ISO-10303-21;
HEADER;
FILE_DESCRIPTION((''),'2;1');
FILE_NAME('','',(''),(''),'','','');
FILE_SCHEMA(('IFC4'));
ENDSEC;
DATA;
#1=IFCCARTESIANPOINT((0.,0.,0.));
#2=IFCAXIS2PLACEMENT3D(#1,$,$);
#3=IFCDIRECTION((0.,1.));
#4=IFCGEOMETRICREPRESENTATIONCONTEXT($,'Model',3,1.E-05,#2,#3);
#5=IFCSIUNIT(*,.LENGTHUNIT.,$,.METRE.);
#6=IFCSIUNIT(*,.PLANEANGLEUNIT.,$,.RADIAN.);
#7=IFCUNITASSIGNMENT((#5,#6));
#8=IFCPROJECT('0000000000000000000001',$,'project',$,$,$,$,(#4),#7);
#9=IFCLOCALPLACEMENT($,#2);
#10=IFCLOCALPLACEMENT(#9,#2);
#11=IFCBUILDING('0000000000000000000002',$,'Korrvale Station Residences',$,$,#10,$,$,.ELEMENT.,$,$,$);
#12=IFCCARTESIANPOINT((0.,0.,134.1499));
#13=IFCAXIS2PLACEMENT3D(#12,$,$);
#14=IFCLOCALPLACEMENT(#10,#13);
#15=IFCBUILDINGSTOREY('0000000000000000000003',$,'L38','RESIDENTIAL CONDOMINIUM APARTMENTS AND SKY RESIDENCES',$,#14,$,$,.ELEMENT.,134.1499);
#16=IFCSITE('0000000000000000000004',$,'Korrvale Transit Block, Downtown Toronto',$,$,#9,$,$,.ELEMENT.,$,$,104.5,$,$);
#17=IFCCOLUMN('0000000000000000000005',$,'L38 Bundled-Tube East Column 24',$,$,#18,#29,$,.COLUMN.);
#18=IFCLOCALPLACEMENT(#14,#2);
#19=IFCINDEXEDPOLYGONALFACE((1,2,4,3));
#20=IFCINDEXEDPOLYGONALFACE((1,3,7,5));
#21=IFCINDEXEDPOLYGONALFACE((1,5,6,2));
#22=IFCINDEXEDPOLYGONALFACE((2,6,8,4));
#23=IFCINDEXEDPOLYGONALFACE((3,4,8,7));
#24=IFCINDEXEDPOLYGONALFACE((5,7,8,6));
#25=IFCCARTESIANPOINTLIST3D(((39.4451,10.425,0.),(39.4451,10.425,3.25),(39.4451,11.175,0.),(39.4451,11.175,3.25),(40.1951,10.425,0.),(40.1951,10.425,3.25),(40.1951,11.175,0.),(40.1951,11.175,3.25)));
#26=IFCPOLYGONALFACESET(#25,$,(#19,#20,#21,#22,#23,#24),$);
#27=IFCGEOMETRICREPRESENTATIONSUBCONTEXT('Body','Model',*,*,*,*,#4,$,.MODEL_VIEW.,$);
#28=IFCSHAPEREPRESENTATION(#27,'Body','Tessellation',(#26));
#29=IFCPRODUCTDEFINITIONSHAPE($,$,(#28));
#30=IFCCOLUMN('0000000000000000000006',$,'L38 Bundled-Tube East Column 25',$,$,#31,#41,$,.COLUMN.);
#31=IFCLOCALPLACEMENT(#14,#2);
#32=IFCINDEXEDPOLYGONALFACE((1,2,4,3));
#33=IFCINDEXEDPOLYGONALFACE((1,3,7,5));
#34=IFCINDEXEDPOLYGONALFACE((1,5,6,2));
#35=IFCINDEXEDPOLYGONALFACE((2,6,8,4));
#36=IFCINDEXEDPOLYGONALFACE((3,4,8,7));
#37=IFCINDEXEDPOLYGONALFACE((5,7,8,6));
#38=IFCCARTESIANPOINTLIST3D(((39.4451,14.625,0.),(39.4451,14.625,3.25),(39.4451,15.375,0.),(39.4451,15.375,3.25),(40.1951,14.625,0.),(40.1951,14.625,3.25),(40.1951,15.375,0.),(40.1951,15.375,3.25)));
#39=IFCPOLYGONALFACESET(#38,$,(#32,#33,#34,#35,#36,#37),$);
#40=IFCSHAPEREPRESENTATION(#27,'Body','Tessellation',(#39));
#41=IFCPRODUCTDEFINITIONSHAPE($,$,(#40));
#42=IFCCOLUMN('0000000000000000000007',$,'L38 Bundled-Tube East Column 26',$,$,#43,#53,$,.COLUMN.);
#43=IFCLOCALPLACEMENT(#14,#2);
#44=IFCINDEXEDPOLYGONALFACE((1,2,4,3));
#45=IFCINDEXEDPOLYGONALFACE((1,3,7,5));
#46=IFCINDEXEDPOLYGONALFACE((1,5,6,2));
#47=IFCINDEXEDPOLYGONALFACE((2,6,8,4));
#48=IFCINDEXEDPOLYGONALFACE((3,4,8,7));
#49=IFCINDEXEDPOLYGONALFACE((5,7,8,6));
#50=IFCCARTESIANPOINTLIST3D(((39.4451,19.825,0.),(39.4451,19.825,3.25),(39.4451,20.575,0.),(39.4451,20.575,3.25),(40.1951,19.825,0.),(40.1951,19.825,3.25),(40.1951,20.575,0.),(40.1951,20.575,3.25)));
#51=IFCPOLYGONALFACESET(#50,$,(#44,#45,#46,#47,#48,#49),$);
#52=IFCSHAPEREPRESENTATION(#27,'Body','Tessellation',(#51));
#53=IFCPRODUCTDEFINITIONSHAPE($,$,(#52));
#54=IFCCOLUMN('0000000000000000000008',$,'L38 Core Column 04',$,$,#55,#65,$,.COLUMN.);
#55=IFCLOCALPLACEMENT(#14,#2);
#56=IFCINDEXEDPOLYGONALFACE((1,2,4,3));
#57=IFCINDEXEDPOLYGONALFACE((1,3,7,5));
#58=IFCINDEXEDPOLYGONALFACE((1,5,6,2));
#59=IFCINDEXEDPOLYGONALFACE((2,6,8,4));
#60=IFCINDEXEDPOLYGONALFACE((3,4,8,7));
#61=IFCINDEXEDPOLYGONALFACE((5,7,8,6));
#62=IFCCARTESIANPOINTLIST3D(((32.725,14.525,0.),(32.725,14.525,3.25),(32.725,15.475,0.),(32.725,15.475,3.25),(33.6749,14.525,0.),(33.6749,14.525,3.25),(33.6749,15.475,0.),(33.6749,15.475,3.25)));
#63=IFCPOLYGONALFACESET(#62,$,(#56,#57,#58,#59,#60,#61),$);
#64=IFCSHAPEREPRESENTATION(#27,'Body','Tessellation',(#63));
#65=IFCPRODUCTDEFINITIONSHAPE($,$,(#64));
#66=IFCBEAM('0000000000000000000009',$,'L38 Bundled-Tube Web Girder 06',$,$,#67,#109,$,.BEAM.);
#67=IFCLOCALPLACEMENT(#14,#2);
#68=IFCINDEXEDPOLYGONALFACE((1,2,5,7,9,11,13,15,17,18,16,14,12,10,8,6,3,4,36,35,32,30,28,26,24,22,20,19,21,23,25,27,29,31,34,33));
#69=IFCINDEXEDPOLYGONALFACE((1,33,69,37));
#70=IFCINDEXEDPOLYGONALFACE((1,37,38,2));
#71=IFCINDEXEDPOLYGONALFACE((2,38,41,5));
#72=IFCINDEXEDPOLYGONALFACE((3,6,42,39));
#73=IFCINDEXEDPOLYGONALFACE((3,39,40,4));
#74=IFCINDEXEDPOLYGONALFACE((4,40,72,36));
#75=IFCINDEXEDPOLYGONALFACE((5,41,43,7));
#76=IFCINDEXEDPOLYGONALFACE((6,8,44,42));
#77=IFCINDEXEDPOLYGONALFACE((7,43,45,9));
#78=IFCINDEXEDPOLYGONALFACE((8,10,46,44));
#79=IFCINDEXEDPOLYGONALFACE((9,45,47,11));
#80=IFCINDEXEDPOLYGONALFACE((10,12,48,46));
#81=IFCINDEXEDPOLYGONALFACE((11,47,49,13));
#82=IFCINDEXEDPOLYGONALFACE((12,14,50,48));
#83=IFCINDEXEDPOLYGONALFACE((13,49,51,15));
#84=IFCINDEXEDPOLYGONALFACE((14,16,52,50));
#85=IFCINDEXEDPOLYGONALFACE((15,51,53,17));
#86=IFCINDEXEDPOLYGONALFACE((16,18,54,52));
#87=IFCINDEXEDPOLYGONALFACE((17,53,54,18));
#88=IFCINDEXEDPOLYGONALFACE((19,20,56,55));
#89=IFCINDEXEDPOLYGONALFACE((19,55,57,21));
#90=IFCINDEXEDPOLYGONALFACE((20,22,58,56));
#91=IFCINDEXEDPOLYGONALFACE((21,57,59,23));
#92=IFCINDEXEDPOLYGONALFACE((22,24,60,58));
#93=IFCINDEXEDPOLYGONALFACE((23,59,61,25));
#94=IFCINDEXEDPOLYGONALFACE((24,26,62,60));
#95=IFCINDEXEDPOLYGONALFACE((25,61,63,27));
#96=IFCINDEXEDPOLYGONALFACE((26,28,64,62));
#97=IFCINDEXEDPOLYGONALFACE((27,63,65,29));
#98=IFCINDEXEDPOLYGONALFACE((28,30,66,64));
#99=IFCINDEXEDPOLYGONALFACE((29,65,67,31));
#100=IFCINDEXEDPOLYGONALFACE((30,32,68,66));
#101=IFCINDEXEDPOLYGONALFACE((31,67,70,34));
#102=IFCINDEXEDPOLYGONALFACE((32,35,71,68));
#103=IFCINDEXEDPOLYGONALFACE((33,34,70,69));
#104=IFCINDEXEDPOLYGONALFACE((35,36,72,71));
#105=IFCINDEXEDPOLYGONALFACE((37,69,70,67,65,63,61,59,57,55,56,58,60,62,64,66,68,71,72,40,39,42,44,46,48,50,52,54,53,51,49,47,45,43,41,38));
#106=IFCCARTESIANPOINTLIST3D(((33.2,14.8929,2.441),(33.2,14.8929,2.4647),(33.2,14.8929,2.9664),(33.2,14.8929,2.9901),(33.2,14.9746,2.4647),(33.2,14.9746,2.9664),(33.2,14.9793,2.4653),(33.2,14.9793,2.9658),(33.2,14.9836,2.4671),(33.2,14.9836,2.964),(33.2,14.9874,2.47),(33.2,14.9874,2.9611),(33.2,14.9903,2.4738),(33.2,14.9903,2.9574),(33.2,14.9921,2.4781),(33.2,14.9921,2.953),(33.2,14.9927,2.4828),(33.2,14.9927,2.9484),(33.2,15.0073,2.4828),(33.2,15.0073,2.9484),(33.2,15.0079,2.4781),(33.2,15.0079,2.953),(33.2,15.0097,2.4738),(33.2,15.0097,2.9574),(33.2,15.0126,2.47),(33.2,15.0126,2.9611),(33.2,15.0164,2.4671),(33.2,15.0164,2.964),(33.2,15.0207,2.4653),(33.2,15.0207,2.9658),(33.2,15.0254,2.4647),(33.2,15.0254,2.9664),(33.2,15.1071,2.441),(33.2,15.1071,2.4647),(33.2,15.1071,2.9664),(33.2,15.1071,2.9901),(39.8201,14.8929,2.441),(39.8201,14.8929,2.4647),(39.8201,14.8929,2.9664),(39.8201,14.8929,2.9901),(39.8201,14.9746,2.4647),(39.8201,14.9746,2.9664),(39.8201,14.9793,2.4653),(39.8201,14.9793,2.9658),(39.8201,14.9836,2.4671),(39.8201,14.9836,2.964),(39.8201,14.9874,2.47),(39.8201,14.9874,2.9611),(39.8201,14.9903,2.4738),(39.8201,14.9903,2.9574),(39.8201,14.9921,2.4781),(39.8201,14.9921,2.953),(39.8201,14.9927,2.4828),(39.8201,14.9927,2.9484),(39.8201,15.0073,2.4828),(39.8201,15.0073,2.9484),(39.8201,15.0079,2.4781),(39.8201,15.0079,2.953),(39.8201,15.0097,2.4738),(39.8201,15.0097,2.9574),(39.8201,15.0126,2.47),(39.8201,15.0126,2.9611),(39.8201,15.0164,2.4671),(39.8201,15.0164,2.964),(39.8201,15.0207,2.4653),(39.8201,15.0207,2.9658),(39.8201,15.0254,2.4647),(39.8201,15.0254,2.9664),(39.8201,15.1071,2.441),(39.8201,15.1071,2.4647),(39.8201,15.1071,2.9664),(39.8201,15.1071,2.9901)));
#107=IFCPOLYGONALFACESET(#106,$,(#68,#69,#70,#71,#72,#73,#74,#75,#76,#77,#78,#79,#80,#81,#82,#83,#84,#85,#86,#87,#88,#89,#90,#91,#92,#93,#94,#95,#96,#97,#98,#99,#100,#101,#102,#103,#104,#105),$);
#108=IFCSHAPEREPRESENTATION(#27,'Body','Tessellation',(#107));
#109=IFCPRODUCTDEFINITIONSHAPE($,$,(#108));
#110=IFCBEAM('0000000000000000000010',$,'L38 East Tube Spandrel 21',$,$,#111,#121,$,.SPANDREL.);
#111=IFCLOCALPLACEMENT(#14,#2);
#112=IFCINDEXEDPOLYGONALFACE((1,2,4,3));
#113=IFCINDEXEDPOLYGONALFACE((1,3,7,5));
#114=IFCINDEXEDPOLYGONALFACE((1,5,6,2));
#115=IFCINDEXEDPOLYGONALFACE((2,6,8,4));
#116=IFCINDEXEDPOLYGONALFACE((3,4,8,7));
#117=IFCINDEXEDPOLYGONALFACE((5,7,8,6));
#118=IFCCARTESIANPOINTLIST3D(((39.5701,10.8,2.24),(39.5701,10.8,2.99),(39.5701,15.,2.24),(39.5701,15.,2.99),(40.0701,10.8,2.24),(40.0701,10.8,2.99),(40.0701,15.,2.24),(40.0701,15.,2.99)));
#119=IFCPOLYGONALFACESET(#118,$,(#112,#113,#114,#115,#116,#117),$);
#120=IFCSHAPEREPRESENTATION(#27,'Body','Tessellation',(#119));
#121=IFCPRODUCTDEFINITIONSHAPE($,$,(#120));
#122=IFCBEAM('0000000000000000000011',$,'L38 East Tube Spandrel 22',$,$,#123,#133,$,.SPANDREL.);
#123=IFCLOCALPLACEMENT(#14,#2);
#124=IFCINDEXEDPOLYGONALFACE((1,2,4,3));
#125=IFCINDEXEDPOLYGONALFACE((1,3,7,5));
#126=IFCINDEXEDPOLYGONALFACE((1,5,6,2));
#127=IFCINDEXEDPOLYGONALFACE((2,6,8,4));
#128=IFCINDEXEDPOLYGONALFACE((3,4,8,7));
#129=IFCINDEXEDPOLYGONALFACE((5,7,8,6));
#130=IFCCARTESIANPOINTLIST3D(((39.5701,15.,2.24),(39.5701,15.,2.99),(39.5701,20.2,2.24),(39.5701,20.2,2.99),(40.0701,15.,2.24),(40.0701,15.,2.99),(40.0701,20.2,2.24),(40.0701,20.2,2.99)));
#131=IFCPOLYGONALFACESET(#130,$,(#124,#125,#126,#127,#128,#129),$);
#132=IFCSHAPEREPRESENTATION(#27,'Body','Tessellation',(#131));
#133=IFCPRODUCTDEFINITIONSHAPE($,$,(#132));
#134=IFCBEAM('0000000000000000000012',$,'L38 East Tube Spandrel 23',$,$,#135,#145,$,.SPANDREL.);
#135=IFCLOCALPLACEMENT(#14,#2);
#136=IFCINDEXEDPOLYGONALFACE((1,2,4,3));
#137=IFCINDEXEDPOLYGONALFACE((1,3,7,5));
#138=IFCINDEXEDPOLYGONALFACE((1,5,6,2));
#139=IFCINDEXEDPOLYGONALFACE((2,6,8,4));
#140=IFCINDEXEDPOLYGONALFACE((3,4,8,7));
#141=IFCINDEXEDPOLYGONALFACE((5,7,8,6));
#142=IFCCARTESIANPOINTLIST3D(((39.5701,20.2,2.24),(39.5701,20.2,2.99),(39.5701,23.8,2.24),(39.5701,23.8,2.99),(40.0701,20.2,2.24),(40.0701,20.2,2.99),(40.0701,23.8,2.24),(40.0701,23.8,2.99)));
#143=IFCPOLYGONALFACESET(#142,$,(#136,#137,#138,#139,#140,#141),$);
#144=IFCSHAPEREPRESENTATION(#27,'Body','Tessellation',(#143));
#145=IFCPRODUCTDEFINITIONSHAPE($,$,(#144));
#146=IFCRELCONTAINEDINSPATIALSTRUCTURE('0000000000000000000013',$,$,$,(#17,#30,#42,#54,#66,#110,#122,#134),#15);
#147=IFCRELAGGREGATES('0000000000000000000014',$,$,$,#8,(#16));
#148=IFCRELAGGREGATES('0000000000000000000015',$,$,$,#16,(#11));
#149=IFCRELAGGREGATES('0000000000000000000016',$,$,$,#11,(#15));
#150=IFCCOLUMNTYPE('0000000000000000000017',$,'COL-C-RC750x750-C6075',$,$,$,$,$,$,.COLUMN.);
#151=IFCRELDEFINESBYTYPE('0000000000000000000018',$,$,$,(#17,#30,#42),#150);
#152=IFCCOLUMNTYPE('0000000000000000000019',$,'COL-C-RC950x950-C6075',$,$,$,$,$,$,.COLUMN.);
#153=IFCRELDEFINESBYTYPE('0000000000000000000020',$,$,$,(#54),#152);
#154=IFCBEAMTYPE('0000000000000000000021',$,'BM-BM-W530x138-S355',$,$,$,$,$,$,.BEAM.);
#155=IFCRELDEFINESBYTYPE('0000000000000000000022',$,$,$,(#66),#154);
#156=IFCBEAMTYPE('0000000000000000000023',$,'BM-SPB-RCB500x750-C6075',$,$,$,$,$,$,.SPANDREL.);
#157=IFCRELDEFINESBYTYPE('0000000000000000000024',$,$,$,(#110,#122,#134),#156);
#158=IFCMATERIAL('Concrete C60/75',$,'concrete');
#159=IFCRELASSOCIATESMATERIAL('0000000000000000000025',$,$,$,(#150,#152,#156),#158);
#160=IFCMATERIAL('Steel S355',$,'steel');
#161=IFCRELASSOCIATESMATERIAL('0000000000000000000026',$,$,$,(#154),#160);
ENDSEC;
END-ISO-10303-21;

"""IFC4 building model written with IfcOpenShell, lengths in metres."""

from ifc_helpers import new_model, si_unit, direction, frame, origin, origin_2d, place, context, subcontext, project, spatial, rectangle, i_section, extrude, material, material_profile, profile_set, type_object, element, save


model = new_model("IFC4")

# Units and contexts
model_context = context("Model", 3, precision=1e-05, world=origin(), true_north=direction((0.0, 1.0)))
body_context = subcontext(model_context, "Body", "Model", "MODEL_VIEW")
ifc_project = project(units=[si_unit("LENGTHUNIT", "METRE"), si_unit("PLANEANGLEUNIT", "RADIAN")], contexts=[model_context])

# Site, building, storey
site_placement = place(None, origin())
site = spatial("IfcSite", under=ifc_project, at=site_placement, Name="Korrvale Transit Block, Downtown Toronto", CompositionType="ELEMENT", RefElevation=104.5)
building_placement = place(site_placement, origin())
building = spatial("IfcBuilding", under=site, at=building_placement, Name="Korrvale Station Residences", CompositionType="ELEMENT")
storey_placement = place(building_placement, frame((0.0, 0.0, 134.1499)))
storey = spatial("IfcBuildingStorey", under=building, at=storey_placement, Name="L38", Description="RESIDENTIAL CONDOMINIUM APARTMENTS AND SKY RESIDENCES", CompositionType="ELEMENT", Elevation=134.1499)

# Columns
ifc_material_1 = material(Name="Concrete C60/75", Category="concrete")
ifc_material_profile_1 = material_profile(ifc_material_1, rectangle(XDim=0.75, YDim=0.75, at=origin_2d()), Name="RC750x750")
ifc_profile_set_1 = profile_set([ifc_material_profile_1], Name="Concrete C60/75")
column_type_1 = type_object("IfcColumnType", Name="COL-C-RC750x750-C6075", PredefinedType="COLUMN", material=ifc_profile_set_1)
for number, where, z_axis, x_axis, name in (
    (1, (39.8201, 10.8, 0.0), (0.0, 0.0, 1.0), (1.0, 0.0, 0.0), "L38 Bundled-Tube East Column 24"),
    (2, (39.8201, 15.0, 0.0), (0.0, 0.0, 1.0), (1.0, 0.0, 0.0), "L38 Bundled-Tube East Column 25"),
    (3, (39.8201, 20.2, 0.0), (0.0, 0.0, 1.0), (1.0, 0.0, 0.0), "L38 Bundled-Tube East Column 26"),
):
    element("IfcColumn", number, at=place(storey_placement, frame(where, z_axis=z_axis, x_axis=x_axis)), inside=storey, type_object=column_type_1, Name=name, PredefinedType="COLUMN", context=body_context, shape_type="SweptSolid", body=[
        extrude(rectangle(XDim=0.75, YDim=0.75, at=origin_2d()), origin(), (0.0, 0.0, 1.0), 3.25),
    ])
ifc_material_profile_2 = material_profile(ifc_material_1, rectangle(XDim=0.95, YDim=0.95, at=origin_2d()), Name="RC950x950")
ifc_profile_set_2 = profile_set([ifc_material_profile_2], Name="Concrete C60/75")
column_type_2 = type_object("IfcColumnType", Name="COL-C-RC950x950-C6075", PredefinedType="COLUMN", material=ifc_profile_set_2)
column_placement = place(storey_placement, frame((33.2, 15.0, 0.0), z_axis=(0.0, 0.0, 1.0), x_axis=(1.0, 0.0, 0.0)))
element("IfcColumn", 4, at=column_placement, inside=storey, type_object=column_type_2, Name="L38 Core Column 04", PredefinedType="COLUMN", context=body_context, shape_type="SweptSolid", body=[
    extrude(rectangle(XDim=0.95, YDim=0.95, at=origin_2d()), origin(), (0.0, 0.0, 1.0), 3.25),
])

# Beams
ifc_material_2 = material(Name="Steel S355", Category="steel")
ifc_material_profile_3 = material_profile(ifc_material_2, i_section(OverallWidth=0.2141, OverallDepth=0.5491, WebThickness=0.0146, FlangeThickness=0.0237, FilletRadius=0.0181, at=origin_2d()), Name="W530x138")
ifc_profile_set_3 = profile_set([ifc_material_profile_3], Name="Steel S355")
beam_type_1 = type_object("IfcBeamType", Name="BM-BM-W530x138-S355", PredefinedType="BEAM", material=ifc_profile_set_3)
beam_1_placement = place(storey_placement, frame((33.2, 15.0, 2.7156), z_axis=(1.0, 0.0, 0.0), x_axis=(0.0, 1.0, 0.0)))
element("IfcBeam", 5, at=beam_1_placement, inside=storey, type_object=beam_type_1, Name="L38 Bundled-Tube Web Girder 06", PredefinedType="BEAM", context=body_context, shape_type="SweptSolid", body=[
    extrude(i_section(OverallWidth=0.2141, OverallDepth=0.5491, WebThickness=0.0146, FlangeThickness=0.0237, FilletRadius=0.0181, at=origin_2d()), origin(), (0.0, 0.0, 1.0), 6.6201),
])
ifc_material_profile_4 = material_profile(ifc_material_1, rectangle(XDim=0.5, YDim=0.75, at=origin_2d()), Name="RCB500x750")
ifc_profile_set_4 = profile_set([ifc_material_profile_4], Name="Concrete C60/75")
beam_type_2 = type_object("IfcBeamType", Name="BM-SPB-RCB500x750-C6075", PredefinedType="SPANDREL", material=ifc_profile_set_4)
beam_2_placement = place(storey_placement, frame((39.8201, 10.8, 2.615), z_axis=(0.0, 1.0, 0.0), x_axis=(-1.0, 0.0, 0.0)))
element("IfcBeam", 6, at=beam_2_placement, inside=storey, type_object=beam_type_2, Name="L38 East Tube Spandrel 21", PredefinedType="SPANDREL", context=body_context, shape_type="SweptSolid", body=[
    extrude(rectangle(XDim=0.5, YDim=0.75, at=origin_2d()), origin(), (0.0, 0.0, 1.0), 4.2),
])
beam_3_placement = place(storey_placement, frame((39.8201, 15.0, 2.615), z_axis=(0.0, 1.0, 0.0), x_axis=(-1.0, 0.0, 0.0)))
element("IfcBeam", 7, at=beam_3_placement, inside=storey, type_object=beam_type_2, Name="L38 East Tube Spandrel 22", PredefinedType="SPANDREL", context=body_context, shape_type="SweptSolid", body=[
    extrude(rectangle(XDim=0.5, YDim=0.75, at=origin_2d()), origin(), (0.0, 0.0, 1.0), 5.2),
])
beam_4_placement = place(storey_placement, frame((39.8201, 20.2, 2.615), z_axis=(0.0, 1.0, 0.0), x_axis=(-1.0, 0.0, 0.0)))
element("IfcBeam", 8, at=beam_4_placement, inside=storey, type_object=beam_type_2, Name="L38 East Tube Spandrel 23", PredefinedType="SPANDREL", context=body_context, shape_type="SweptSolid", body=[
    extrude(rectangle(XDim=0.5, YDim=0.75, at=origin_2d()), origin(), (0.0, 0.0, 1.0), 3.6001),
])

save(model, "model.ifc")
